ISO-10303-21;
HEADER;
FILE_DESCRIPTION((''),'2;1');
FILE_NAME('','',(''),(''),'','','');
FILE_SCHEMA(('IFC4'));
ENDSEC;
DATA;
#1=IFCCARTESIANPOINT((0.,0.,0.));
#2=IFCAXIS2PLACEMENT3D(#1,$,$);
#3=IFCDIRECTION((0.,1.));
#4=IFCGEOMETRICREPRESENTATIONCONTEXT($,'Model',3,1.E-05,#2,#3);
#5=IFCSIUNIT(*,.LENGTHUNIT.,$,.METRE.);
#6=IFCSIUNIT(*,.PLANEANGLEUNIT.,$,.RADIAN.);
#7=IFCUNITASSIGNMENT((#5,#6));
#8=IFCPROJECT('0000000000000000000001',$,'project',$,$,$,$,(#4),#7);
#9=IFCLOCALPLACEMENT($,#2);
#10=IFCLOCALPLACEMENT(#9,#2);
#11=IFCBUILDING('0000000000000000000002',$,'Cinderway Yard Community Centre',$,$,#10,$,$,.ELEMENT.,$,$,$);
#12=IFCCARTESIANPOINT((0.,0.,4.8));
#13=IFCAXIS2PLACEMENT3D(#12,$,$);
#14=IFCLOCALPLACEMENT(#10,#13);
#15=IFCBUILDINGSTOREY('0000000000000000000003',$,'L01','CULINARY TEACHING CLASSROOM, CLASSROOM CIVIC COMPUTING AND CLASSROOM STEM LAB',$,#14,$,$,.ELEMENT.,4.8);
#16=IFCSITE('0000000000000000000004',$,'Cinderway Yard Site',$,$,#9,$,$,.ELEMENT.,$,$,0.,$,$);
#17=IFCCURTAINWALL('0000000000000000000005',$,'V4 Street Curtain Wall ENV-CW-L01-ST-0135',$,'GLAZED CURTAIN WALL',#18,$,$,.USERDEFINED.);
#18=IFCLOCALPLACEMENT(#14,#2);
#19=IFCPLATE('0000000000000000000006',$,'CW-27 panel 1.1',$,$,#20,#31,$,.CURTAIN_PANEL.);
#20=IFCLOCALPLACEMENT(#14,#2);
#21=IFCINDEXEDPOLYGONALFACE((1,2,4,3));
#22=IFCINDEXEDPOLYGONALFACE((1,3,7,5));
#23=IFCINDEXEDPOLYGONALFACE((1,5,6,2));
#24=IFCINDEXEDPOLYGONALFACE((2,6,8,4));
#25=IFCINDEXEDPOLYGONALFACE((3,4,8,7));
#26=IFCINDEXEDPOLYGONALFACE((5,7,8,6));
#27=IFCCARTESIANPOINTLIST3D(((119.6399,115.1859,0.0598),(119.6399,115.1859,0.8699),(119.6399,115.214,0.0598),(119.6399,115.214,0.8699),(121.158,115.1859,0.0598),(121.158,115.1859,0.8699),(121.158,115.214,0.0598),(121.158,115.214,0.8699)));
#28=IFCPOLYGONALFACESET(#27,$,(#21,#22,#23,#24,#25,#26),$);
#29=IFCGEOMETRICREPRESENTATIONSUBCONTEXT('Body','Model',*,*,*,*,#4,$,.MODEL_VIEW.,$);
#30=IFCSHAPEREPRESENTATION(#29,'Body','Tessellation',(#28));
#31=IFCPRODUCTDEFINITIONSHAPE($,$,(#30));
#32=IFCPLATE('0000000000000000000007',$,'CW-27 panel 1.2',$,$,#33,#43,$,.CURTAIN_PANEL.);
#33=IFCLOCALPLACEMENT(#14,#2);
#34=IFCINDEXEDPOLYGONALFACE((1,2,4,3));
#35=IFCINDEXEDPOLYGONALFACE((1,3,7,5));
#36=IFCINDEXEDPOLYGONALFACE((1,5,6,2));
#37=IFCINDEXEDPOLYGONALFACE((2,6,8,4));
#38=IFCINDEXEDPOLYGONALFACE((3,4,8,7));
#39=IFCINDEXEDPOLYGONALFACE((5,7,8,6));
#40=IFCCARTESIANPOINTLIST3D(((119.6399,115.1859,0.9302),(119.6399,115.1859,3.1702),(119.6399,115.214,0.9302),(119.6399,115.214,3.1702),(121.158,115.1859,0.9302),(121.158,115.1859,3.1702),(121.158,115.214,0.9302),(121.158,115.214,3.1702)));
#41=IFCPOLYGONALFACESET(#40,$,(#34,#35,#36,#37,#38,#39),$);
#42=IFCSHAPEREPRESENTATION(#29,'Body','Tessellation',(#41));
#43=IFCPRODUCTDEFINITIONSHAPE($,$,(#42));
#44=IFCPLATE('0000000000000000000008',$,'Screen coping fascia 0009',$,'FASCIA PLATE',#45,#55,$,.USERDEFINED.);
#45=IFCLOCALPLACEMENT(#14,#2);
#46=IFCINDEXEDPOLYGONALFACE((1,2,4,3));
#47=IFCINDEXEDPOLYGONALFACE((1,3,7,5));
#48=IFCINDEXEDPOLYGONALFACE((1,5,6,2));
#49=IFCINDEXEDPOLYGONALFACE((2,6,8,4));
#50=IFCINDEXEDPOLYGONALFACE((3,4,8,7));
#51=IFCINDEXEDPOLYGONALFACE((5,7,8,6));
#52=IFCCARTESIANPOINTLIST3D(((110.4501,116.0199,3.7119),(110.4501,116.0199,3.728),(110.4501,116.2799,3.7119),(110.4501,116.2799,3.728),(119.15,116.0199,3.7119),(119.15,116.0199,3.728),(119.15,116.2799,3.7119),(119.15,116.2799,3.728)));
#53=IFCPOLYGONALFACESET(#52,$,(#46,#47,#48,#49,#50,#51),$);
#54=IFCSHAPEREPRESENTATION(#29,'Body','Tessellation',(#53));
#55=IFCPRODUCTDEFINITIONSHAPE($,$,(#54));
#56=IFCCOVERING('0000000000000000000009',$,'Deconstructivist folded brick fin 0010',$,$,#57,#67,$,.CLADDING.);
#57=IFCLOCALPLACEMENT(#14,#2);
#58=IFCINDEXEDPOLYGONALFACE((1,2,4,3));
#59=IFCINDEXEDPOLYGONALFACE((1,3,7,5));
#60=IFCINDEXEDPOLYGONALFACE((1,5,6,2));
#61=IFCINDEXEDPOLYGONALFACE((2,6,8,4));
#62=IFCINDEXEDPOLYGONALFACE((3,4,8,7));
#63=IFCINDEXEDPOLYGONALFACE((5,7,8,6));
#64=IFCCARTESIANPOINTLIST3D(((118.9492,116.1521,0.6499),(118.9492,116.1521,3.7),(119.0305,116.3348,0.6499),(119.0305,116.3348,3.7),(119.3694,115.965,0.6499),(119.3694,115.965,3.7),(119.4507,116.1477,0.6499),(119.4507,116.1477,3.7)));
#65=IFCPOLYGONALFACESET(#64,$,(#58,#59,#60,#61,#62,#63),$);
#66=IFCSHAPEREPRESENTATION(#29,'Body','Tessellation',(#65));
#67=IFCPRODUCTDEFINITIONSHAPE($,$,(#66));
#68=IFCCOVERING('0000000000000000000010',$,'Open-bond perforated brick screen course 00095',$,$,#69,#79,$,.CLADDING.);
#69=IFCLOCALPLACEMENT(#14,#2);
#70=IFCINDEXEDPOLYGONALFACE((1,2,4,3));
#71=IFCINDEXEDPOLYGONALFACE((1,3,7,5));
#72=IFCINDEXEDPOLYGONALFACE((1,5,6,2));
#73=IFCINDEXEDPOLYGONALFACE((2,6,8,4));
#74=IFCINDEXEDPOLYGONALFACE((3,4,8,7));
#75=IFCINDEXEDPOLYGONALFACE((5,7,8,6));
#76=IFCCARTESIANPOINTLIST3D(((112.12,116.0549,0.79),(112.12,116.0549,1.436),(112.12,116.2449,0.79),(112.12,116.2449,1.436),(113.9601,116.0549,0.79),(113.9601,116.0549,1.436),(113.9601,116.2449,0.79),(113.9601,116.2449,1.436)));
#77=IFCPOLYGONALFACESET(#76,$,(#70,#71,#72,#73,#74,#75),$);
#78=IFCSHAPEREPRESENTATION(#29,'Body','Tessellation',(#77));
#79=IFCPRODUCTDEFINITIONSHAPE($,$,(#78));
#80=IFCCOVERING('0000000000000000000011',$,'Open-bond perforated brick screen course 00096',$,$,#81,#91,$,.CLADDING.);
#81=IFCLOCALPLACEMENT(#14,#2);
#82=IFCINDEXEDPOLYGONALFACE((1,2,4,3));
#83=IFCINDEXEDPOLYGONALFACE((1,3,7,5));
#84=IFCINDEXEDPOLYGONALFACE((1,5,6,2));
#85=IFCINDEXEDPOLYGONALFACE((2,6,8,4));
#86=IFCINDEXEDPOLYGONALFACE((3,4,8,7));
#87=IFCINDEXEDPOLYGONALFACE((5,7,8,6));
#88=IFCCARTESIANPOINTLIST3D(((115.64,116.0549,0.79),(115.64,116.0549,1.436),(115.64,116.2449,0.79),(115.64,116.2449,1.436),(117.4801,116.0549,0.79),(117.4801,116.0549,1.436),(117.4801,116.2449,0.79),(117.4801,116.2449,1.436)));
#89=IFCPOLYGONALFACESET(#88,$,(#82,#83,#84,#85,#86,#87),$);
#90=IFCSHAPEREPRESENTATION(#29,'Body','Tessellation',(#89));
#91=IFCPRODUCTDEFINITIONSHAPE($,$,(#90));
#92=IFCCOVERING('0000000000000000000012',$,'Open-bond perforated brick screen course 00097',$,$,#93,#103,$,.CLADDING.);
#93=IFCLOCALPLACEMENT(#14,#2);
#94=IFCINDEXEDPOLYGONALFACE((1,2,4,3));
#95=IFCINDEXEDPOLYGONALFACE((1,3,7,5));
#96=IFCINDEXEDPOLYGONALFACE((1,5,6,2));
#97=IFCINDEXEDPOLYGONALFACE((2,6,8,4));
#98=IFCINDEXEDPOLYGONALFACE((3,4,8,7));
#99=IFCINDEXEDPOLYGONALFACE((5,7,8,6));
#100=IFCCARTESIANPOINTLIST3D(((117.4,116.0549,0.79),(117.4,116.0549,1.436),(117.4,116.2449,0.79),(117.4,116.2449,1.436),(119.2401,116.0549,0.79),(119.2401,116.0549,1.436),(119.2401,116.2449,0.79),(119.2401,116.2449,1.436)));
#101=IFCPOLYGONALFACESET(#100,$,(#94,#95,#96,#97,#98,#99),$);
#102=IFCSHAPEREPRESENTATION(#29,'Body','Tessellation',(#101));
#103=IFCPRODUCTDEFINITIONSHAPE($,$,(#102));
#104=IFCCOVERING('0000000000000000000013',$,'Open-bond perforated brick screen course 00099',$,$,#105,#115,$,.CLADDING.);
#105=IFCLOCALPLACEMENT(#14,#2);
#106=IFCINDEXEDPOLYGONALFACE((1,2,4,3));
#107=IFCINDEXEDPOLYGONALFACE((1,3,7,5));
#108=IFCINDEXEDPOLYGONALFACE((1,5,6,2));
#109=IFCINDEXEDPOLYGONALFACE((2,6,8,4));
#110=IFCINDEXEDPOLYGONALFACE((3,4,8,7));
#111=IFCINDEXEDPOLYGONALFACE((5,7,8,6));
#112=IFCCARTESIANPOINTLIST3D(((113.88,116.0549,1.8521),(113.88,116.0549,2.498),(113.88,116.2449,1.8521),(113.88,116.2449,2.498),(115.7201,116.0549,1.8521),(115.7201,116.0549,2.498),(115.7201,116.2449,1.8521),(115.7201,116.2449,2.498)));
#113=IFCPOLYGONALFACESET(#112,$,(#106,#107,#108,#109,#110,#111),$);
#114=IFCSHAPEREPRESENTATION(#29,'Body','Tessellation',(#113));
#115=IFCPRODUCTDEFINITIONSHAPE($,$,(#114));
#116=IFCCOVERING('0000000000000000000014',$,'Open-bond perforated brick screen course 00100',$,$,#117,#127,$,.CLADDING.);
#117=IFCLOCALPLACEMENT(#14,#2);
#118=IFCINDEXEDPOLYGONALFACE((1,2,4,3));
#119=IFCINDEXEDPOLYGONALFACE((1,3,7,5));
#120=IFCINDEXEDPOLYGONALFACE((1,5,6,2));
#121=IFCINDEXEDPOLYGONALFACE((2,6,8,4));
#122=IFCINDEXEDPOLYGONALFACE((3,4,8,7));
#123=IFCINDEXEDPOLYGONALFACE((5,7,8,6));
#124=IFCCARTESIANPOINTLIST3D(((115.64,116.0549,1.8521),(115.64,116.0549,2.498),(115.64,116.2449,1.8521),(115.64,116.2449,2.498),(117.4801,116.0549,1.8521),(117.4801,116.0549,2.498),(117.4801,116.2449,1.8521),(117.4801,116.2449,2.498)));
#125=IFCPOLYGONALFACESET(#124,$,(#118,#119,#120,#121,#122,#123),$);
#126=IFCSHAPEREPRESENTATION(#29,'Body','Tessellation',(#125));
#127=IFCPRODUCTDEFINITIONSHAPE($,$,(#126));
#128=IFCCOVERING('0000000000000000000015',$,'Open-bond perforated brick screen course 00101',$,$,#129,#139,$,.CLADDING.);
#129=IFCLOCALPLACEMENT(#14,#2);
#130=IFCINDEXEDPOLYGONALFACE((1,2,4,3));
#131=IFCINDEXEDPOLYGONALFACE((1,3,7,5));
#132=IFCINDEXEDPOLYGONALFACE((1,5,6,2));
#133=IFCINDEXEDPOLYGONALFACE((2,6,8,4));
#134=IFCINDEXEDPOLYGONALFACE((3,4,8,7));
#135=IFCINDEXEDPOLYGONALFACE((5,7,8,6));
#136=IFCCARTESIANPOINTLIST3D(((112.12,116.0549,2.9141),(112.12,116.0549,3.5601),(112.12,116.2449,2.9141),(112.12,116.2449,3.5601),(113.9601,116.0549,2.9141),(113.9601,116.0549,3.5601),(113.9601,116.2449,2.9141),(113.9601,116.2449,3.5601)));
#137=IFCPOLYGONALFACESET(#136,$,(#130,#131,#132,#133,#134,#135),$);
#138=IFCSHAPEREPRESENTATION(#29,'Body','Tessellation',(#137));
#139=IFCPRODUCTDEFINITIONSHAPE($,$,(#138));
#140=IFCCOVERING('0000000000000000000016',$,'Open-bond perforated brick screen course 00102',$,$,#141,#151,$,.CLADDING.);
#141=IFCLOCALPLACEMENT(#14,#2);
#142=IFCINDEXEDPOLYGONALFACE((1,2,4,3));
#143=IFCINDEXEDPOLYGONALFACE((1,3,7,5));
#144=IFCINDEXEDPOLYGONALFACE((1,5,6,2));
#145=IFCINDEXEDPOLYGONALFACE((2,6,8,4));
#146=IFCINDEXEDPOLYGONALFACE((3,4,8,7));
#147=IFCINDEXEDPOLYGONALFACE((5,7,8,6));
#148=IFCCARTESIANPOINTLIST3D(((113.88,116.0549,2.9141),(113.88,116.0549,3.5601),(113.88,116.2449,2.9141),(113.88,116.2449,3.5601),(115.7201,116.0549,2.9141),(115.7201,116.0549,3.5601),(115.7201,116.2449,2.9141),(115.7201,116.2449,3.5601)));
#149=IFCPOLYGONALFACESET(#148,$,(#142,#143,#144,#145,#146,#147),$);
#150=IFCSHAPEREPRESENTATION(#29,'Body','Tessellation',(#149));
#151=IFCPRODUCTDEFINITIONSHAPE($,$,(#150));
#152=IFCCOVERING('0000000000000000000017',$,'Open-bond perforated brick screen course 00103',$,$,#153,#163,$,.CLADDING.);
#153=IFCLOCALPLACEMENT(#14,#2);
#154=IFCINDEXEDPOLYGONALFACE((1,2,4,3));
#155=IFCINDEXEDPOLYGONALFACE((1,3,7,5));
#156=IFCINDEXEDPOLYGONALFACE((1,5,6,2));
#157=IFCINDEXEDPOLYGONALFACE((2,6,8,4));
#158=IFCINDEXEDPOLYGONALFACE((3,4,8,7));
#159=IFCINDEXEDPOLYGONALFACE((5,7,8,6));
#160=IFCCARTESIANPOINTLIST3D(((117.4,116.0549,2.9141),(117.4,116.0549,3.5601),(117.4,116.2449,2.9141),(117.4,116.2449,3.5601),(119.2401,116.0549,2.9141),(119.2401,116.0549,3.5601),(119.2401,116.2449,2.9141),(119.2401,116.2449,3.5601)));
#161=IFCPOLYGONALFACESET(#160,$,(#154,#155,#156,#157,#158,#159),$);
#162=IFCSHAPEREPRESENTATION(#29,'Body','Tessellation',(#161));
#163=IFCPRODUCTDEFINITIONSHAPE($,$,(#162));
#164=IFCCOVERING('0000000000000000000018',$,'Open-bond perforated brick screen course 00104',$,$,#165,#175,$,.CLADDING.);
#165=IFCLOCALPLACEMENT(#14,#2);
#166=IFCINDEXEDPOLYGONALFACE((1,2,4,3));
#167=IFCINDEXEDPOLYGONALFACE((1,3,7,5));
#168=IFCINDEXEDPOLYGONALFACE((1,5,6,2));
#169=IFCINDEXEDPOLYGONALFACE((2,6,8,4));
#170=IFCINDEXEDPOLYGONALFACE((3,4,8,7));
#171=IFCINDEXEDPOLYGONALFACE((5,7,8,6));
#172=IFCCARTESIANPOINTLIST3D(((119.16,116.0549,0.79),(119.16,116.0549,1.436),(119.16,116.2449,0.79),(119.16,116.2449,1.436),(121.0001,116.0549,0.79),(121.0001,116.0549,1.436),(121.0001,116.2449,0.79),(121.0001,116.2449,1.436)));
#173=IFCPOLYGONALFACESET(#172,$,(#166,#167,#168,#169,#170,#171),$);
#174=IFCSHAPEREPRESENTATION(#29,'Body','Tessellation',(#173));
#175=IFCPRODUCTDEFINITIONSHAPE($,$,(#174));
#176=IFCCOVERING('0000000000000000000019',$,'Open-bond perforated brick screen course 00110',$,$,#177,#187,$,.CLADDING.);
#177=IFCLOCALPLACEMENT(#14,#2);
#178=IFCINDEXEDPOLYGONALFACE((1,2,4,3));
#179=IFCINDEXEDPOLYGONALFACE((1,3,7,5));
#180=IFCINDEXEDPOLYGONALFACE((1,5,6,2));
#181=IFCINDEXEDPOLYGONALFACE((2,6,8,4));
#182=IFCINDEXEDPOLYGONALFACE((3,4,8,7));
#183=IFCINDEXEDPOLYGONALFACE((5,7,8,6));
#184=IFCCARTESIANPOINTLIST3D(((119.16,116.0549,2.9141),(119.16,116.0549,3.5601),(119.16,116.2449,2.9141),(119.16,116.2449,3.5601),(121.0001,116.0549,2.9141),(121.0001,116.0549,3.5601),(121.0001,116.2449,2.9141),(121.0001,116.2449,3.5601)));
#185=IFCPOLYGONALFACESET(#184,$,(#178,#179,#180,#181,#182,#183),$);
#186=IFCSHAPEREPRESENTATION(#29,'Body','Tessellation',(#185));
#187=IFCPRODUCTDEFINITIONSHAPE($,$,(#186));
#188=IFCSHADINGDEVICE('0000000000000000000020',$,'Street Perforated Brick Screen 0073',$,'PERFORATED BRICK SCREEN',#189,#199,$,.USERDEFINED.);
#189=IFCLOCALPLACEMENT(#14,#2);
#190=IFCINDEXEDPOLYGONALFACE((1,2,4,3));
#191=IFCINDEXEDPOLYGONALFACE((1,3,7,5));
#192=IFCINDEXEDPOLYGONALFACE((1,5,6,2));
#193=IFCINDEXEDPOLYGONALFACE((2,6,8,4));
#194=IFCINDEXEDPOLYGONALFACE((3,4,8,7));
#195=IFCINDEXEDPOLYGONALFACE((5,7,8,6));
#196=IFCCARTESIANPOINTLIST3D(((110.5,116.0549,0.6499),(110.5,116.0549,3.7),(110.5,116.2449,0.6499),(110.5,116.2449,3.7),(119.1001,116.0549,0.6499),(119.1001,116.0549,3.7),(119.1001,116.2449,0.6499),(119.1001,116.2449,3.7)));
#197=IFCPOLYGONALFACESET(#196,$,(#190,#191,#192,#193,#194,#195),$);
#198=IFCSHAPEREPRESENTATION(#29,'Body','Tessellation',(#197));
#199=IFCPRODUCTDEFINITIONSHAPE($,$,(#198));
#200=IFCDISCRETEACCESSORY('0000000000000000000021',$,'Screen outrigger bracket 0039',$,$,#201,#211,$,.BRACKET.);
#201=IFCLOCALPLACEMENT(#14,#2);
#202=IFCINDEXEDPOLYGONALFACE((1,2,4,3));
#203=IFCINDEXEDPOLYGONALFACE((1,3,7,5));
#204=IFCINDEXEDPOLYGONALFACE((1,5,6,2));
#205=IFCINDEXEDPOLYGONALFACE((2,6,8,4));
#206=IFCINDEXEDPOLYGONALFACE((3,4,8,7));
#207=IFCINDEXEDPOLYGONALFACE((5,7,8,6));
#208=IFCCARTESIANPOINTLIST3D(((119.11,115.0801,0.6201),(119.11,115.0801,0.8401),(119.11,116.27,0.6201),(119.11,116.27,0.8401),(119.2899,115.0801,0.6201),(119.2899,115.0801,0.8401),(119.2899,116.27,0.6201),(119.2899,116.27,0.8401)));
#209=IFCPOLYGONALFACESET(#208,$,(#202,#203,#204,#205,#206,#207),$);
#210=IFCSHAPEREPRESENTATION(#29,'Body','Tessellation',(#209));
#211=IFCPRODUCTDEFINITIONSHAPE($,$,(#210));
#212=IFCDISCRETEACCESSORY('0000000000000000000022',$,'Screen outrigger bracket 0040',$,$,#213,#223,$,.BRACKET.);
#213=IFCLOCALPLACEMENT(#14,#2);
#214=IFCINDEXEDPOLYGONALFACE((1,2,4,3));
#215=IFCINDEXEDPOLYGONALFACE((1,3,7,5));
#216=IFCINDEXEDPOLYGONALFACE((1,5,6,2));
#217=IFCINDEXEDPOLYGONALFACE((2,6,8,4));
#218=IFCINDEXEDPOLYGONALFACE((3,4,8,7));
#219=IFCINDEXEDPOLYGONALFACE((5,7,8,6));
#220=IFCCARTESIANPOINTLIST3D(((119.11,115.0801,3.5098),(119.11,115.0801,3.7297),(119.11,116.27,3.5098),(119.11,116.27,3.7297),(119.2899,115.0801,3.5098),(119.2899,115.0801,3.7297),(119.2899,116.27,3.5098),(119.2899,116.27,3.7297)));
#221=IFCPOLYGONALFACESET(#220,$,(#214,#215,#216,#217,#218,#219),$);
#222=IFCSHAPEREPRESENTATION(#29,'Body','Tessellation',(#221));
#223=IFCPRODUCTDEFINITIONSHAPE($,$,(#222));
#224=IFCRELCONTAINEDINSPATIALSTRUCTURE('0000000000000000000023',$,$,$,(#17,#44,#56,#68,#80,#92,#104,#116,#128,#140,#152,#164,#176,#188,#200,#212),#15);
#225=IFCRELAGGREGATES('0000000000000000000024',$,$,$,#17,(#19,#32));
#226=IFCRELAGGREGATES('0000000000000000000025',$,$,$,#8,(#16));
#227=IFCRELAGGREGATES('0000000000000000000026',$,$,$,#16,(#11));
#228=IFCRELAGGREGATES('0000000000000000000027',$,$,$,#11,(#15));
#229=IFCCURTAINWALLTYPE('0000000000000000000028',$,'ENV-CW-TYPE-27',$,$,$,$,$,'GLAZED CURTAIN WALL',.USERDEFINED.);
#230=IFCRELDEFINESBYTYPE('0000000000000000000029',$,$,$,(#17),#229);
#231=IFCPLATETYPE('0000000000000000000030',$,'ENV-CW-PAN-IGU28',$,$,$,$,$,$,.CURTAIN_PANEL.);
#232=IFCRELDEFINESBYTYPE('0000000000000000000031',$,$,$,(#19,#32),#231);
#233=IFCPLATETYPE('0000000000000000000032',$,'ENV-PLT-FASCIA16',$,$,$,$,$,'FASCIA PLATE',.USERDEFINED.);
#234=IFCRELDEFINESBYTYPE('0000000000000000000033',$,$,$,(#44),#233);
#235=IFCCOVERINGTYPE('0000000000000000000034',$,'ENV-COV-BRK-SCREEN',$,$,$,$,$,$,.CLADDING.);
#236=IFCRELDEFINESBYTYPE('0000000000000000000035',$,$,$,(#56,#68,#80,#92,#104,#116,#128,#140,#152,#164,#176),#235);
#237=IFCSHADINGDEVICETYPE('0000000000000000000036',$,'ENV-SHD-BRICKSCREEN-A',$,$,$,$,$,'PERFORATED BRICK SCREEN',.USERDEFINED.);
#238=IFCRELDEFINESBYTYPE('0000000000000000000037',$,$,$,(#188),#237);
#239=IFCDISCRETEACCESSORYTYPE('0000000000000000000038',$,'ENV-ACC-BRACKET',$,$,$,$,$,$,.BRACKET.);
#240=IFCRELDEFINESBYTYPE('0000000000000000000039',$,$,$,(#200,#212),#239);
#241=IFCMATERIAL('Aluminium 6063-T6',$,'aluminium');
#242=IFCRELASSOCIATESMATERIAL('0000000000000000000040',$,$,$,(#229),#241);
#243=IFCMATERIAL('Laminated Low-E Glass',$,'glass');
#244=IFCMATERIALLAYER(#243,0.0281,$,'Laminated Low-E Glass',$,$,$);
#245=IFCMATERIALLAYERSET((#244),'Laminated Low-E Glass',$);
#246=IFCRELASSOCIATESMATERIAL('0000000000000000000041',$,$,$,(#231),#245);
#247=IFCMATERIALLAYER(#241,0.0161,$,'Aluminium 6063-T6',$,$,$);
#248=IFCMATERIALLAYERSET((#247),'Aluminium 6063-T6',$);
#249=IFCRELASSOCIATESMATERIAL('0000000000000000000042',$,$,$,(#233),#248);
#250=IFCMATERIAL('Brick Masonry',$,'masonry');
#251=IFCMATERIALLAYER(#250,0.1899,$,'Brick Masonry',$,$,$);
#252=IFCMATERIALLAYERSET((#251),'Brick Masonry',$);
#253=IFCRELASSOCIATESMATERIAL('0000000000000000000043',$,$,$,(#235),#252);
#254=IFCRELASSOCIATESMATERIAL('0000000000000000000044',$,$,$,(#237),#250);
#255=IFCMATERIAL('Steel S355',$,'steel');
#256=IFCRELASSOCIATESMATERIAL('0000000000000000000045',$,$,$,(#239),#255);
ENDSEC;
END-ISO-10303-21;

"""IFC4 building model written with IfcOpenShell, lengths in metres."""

from ifc_helpers import new_model, si_unit, direction, frame, origin, origin_2d, place, context, subcontext, project, spatial, rectangle, extrude, material, layer, layer_set, type_object, element, aggregate, save


model = new_model("IFC4")

# Units and contexts
model_context = context("Model", 3, precision=1e-05, world=origin(), true_north=direction((0.0, 1.0)))
body_context = subcontext(model_context, "Body", "Model", "MODEL_VIEW")
ifc_project = project(units=[si_unit("LENGTHUNIT", "METRE"), si_unit("PLANEANGLEUNIT", "RADIAN")], contexts=[model_context])

# Site, building, storey
site_placement = place(None, origin())
site = spatial("IfcSite", under=ifc_project, at=site_placement, Name="Cinderway Yard Site", CompositionType="ELEMENT", RefElevation=0.0)
building_placement = place(site_placement, origin())
building = spatial("IfcBuilding", under=site, at=building_placement, Name="Cinderway Yard Community Centre", CompositionType="ELEMENT")
storey_placement = place(building_placement, frame((0.0, 0.0, 4.8)))
storey = spatial("IfcBuildingStorey", under=building, at=storey_placement, Name="L01", Description="CULINARY TEACHING CLASSROOM, CLASSROOM CIVIC COMPUTING AND CLASSROOM STEM LAB", CompositionType="ELEMENT", Elevation=4.8)

# Curtain wall
ifc_material_1 = material(Name="Aluminium 6063-T6", Category="aluminium")
curtain_wall_type = type_object("IfcCurtainWallType", Name="ENV-CW-TYPE-27", ElementType="GLAZED CURTAIN WALL", PredefinedType="USERDEFINED", material=ifc_material_1)
curtain_wall_placement = place(storey_placement, origin())
curtain_wall = element("IfcCurtainWall", 1, at=curtain_wall_placement, inside=storey, type_object=curtain_wall_type, Name="V4 Street Curtain Wall ENV-CW-L01-ST-0135", ObjectType="GLAZED CURTAIN WALL", PredefinedType="USERDEFINED")

# Shared definitions
ifc_material_2 = material(Name="Steel S355", Category="steel")

# Plates
ifc_material_3 = material(Name="Laminated Low-E Glass", Category="glass")
ifc_layer_1 = layer(ifc_material_3, 0.0281, Name="Laminated Low-E Glass")
ifc_layer_set_1 = layer_set([ifc_layer_1], Name="Laminated Low-E Glass")
plate_type_1 = type_object("IfcPlateType", Name="ENV-CW-PAN-IGU28", PredefinedType="CURTAIN_PANEL", material=ifc_layer_set_1)
plate_1_placement = place(storey_placement, frame((120.3989, 115.2, 0.0598), z_axis=(0.0, 0.0, 1.0), x_axis=(1.0, 0.0, 0.0)))
plate_1 = element("IfcPlate", 2, at=plate_1_placement, type_object=plate_type_1, Name="CW-27 panel 1.1", PredefinedType="CURTAIN_PANEL", context=body_context, shape_type="SweptSolid", body=[
    extrude(rectangle(XDim=1.5181, YDim=0.0281, at=origin_2d()), origin(), (0.0, 0.0, 1.0), 0.8101),
])
plate_2_placement = place(storey_placement, frame((120.3989, 115.2, 0.9302), z_axis=(0.0, 0.0, 1.0), x_axis=(1.0, 0.0, 0.0)))
plate_2 = element("IfcPlate", 3, at=plate_2_placement, type_object=plate_type_1, Name="CW-27 panel 1.2", PredefinedType="CURTAIN_PANEL", context=body_context, shape_type="SweptSolid", body=[
    extrude(rectangle(XDim=1.5181, YDim=0.0281, at=origin_2d()), origin(), (0.0, 0.0, 1.0), 2.24),
])
aggregate(curtain_wall, [plate_1, plate_2])
ifc_layer_2 = layer(ifc_material_1, 0.0161, Name="Aluminium 6063-T6")
ifc_layer_set_2 = layer_set([ifc_layer_2], Name="Aluminium 6063-T6")
plate_type_2 = type_object("IfcPlateType", Name="ENV-PLT-FASCIA16", ElementType="FASCIA PLATE", PredefinedType="USERDEFINED", material=ifc_layer_set_2)
plate_3_placement = place(storey_placement, frame((114.8, 116.1499, 3.7119), z_axis=(0.0, 0.0, 1.0), x_axis=(1.0, 0.0, 0.0)))
element("IfcPlate", 4, at=plate_3_placement, inside=storey, type_object=plate_type_2, Name="Screen coping fascia 0009", ObjectType="FASCIA PLATE", PredefinedType="USERDEFINED", context=body_context, shape_type="SweptSolid", body=[
    extrude(rectangle(XDim=8.7, YDim=0.26, at=origin_2d()), origin(), (0.0, 0.0, 1.0), 0.0161),
])

# Coverings
ifc_material_4 = material(Name="Brick Masonry", Category="masonry")
ifc_layer_3 = layer(ifc_material_4, 0.1899, Name="Brick Masonry")
ifc_layer_set_3 = layer_set([ifc_layer_3], Name="Brick Masonry")
covering_type = type_object("IfcCoveringType", Name="ENV-COV-BRK-SCREEN", PredefinedType="CLADDING", material=ifc_layer_set_3)
covering_placement = place(storey_placement, frame((119.2, 116.1499, 0.6499), z_axis=(0.0, 0.0, 1.0), x_axis=(0.913545, -0.406737, 0.0)))
element("IfcCovering", 5, at=covering_placement, inside=storey, type_object=covering_type, Name="Deconstructivist folded brick fin 0010", PredefinedType="CLADDING", context=body_context, shape_type="SweptSolid", body=[
    extrude(rectangle(XDim=0.46, YDim=0.2, at=origin_2d()), origin(), (0.0, 0.0, 1.0), 3.05),
])
for number, where, z_axis, x_axis, name in (
    (6, (113.04, 116.1499, 0.79), (0.0, 0.0, 1.0), (1.0, 0.0, 0.0), "Open-bond perforated brick screen course 00095"),
    (7, (116.5601, 116.1499, 0.79), (0.0, 0.0, 1.0), (1.0, 0.0, 0.0), "Open-bond perforated brick screen course 00096"),
    (8, (118.3201, 116.1499, 0.79), (0.0, 0.0, 1.0), (1.0, 0.0, 0.0), "Open-bond perforated brick screen course 00097"),
    (9, (114.8, 116.1499, 1.8521), (0.0, 0.0, 1.0), (1.0, 0.0, 0.0), "Open-bond perforated brick screen course 00099"),
    (10, (116.5601, 116.1499, 1.8521), (0.0, 0.0, 1.0), (1.0, 0.0, 0.0), "Open-bond perforated brick screen course 00100"),
    (11, (113.04, 116.1499, 2.9141), (0.0, 0.0, 1.0), (1.0, 0.0, 0.0), "Open-bond perforated brick screen course 00101"),
    (12, (114.8, 116.1499, 2.9141), (0.0, 0.0, 1.0), (1.0, 0.0, 0.0), "Open-bond perforated brick screen course 00102"),
    (13, (118.3201, 116.1499, 2.9141), (0.0, 0.0, 1.0), (1.0, 0.0, 0.0), "Open-bond perforated brick screen course 00103"),
    (14, (120.0801, 116.1499, 0.79), (0.0, 0.0, 1.0), (1.0, 0.0, 0.0), "Open-bond perforated brick screen course 00104"),
    (15, (120.0801, 116.1499, 2.9141), (0.0, 0.0, 1.0), (1.0, 0.0, 0.0), "Open-bond perforated brick screen course 00110"),
):
    element("IfcCovering", number, at=place(storey_placement, frame(where, z_axis=z_axis, x_axis=x_axis)), inside=storey, type_object=covering_type, Name=name, PredefinedType="CLADDING", context=body_context, shape_type="SweptSolid", body=[
        extrude(rectangle(XDim=1.8401, YDim=0.1899, at=origin_2d()), origin(), (0.0, 0.0, 1.0), 0.646),
    ])

# Shading device
shading_device_type = type_object("IfcShadingDeviceType", Name="ENV-SHD-BRICKSCREEN-A", ElementType="PERFORATED BRICK SCREEN", PredefinedType="USERDEFINED", material=ifc_material_4)
shading_device_placement = place(storey_placement, frame((114.8, 116.1499, 0.6499), z_axis=(0.0, 0.0, 1.0), x_axis=(1.0, 0.0, 0.0)))
element("IfcShadingDevice", 16, at=shading_device_placement, inside=storey, type_object=shading_device_type, Name="Street Perforated Brick Screen 0073", ObjectType="PERFORATED BRICK SCREEN", PredefinedType="USERDEFINED", context=body_context, shape_type="SweptSolid", body=[
    extrude(rectangle(XDim=8.6001, YDim=0.1899, at=origin_2d()), origin(), (0.0, 0.0, 1.0), 3.05),
])

# Discrete accessories
discrete_accessory_type = type_object("IfcDiscreteAccessoryType", Name="ENV-ACC-BRACKET", PredefinedType="BRACKET", material=ifc_material_2)
for number, where, z_axis, x_axis, name in (
    (17, (119.2, 115.675, 0.6201), (0.0, 0.0, 1.0), (0.0, 1.0, 0.0), "Screen outrigger bracket 0039"),
    (18, (119.2, 115.675, 3.5098), (0.0, 0.0, 1.0), (0.0, 1.0, 0.0), "Screen outrigger bracket 0040"),
):
    element("IfcDiscreteAccessory", number, at=place(storey_placement, frame(where, z_axis=z_axis, x_axis=x_axis)), inside=storey, type_object=discrete_accessory_type, Name=name, PredefinedType="BRACKET", context=body_context, shape_type="SweptSolid", body=[
        extrude(rectangle(XDim=1.1899, YDim=0.1799, at=origin_2d()), origin(), (0.0, 0.0, 1.0), 0.22),
    ])

save(model, "model.ifc")
